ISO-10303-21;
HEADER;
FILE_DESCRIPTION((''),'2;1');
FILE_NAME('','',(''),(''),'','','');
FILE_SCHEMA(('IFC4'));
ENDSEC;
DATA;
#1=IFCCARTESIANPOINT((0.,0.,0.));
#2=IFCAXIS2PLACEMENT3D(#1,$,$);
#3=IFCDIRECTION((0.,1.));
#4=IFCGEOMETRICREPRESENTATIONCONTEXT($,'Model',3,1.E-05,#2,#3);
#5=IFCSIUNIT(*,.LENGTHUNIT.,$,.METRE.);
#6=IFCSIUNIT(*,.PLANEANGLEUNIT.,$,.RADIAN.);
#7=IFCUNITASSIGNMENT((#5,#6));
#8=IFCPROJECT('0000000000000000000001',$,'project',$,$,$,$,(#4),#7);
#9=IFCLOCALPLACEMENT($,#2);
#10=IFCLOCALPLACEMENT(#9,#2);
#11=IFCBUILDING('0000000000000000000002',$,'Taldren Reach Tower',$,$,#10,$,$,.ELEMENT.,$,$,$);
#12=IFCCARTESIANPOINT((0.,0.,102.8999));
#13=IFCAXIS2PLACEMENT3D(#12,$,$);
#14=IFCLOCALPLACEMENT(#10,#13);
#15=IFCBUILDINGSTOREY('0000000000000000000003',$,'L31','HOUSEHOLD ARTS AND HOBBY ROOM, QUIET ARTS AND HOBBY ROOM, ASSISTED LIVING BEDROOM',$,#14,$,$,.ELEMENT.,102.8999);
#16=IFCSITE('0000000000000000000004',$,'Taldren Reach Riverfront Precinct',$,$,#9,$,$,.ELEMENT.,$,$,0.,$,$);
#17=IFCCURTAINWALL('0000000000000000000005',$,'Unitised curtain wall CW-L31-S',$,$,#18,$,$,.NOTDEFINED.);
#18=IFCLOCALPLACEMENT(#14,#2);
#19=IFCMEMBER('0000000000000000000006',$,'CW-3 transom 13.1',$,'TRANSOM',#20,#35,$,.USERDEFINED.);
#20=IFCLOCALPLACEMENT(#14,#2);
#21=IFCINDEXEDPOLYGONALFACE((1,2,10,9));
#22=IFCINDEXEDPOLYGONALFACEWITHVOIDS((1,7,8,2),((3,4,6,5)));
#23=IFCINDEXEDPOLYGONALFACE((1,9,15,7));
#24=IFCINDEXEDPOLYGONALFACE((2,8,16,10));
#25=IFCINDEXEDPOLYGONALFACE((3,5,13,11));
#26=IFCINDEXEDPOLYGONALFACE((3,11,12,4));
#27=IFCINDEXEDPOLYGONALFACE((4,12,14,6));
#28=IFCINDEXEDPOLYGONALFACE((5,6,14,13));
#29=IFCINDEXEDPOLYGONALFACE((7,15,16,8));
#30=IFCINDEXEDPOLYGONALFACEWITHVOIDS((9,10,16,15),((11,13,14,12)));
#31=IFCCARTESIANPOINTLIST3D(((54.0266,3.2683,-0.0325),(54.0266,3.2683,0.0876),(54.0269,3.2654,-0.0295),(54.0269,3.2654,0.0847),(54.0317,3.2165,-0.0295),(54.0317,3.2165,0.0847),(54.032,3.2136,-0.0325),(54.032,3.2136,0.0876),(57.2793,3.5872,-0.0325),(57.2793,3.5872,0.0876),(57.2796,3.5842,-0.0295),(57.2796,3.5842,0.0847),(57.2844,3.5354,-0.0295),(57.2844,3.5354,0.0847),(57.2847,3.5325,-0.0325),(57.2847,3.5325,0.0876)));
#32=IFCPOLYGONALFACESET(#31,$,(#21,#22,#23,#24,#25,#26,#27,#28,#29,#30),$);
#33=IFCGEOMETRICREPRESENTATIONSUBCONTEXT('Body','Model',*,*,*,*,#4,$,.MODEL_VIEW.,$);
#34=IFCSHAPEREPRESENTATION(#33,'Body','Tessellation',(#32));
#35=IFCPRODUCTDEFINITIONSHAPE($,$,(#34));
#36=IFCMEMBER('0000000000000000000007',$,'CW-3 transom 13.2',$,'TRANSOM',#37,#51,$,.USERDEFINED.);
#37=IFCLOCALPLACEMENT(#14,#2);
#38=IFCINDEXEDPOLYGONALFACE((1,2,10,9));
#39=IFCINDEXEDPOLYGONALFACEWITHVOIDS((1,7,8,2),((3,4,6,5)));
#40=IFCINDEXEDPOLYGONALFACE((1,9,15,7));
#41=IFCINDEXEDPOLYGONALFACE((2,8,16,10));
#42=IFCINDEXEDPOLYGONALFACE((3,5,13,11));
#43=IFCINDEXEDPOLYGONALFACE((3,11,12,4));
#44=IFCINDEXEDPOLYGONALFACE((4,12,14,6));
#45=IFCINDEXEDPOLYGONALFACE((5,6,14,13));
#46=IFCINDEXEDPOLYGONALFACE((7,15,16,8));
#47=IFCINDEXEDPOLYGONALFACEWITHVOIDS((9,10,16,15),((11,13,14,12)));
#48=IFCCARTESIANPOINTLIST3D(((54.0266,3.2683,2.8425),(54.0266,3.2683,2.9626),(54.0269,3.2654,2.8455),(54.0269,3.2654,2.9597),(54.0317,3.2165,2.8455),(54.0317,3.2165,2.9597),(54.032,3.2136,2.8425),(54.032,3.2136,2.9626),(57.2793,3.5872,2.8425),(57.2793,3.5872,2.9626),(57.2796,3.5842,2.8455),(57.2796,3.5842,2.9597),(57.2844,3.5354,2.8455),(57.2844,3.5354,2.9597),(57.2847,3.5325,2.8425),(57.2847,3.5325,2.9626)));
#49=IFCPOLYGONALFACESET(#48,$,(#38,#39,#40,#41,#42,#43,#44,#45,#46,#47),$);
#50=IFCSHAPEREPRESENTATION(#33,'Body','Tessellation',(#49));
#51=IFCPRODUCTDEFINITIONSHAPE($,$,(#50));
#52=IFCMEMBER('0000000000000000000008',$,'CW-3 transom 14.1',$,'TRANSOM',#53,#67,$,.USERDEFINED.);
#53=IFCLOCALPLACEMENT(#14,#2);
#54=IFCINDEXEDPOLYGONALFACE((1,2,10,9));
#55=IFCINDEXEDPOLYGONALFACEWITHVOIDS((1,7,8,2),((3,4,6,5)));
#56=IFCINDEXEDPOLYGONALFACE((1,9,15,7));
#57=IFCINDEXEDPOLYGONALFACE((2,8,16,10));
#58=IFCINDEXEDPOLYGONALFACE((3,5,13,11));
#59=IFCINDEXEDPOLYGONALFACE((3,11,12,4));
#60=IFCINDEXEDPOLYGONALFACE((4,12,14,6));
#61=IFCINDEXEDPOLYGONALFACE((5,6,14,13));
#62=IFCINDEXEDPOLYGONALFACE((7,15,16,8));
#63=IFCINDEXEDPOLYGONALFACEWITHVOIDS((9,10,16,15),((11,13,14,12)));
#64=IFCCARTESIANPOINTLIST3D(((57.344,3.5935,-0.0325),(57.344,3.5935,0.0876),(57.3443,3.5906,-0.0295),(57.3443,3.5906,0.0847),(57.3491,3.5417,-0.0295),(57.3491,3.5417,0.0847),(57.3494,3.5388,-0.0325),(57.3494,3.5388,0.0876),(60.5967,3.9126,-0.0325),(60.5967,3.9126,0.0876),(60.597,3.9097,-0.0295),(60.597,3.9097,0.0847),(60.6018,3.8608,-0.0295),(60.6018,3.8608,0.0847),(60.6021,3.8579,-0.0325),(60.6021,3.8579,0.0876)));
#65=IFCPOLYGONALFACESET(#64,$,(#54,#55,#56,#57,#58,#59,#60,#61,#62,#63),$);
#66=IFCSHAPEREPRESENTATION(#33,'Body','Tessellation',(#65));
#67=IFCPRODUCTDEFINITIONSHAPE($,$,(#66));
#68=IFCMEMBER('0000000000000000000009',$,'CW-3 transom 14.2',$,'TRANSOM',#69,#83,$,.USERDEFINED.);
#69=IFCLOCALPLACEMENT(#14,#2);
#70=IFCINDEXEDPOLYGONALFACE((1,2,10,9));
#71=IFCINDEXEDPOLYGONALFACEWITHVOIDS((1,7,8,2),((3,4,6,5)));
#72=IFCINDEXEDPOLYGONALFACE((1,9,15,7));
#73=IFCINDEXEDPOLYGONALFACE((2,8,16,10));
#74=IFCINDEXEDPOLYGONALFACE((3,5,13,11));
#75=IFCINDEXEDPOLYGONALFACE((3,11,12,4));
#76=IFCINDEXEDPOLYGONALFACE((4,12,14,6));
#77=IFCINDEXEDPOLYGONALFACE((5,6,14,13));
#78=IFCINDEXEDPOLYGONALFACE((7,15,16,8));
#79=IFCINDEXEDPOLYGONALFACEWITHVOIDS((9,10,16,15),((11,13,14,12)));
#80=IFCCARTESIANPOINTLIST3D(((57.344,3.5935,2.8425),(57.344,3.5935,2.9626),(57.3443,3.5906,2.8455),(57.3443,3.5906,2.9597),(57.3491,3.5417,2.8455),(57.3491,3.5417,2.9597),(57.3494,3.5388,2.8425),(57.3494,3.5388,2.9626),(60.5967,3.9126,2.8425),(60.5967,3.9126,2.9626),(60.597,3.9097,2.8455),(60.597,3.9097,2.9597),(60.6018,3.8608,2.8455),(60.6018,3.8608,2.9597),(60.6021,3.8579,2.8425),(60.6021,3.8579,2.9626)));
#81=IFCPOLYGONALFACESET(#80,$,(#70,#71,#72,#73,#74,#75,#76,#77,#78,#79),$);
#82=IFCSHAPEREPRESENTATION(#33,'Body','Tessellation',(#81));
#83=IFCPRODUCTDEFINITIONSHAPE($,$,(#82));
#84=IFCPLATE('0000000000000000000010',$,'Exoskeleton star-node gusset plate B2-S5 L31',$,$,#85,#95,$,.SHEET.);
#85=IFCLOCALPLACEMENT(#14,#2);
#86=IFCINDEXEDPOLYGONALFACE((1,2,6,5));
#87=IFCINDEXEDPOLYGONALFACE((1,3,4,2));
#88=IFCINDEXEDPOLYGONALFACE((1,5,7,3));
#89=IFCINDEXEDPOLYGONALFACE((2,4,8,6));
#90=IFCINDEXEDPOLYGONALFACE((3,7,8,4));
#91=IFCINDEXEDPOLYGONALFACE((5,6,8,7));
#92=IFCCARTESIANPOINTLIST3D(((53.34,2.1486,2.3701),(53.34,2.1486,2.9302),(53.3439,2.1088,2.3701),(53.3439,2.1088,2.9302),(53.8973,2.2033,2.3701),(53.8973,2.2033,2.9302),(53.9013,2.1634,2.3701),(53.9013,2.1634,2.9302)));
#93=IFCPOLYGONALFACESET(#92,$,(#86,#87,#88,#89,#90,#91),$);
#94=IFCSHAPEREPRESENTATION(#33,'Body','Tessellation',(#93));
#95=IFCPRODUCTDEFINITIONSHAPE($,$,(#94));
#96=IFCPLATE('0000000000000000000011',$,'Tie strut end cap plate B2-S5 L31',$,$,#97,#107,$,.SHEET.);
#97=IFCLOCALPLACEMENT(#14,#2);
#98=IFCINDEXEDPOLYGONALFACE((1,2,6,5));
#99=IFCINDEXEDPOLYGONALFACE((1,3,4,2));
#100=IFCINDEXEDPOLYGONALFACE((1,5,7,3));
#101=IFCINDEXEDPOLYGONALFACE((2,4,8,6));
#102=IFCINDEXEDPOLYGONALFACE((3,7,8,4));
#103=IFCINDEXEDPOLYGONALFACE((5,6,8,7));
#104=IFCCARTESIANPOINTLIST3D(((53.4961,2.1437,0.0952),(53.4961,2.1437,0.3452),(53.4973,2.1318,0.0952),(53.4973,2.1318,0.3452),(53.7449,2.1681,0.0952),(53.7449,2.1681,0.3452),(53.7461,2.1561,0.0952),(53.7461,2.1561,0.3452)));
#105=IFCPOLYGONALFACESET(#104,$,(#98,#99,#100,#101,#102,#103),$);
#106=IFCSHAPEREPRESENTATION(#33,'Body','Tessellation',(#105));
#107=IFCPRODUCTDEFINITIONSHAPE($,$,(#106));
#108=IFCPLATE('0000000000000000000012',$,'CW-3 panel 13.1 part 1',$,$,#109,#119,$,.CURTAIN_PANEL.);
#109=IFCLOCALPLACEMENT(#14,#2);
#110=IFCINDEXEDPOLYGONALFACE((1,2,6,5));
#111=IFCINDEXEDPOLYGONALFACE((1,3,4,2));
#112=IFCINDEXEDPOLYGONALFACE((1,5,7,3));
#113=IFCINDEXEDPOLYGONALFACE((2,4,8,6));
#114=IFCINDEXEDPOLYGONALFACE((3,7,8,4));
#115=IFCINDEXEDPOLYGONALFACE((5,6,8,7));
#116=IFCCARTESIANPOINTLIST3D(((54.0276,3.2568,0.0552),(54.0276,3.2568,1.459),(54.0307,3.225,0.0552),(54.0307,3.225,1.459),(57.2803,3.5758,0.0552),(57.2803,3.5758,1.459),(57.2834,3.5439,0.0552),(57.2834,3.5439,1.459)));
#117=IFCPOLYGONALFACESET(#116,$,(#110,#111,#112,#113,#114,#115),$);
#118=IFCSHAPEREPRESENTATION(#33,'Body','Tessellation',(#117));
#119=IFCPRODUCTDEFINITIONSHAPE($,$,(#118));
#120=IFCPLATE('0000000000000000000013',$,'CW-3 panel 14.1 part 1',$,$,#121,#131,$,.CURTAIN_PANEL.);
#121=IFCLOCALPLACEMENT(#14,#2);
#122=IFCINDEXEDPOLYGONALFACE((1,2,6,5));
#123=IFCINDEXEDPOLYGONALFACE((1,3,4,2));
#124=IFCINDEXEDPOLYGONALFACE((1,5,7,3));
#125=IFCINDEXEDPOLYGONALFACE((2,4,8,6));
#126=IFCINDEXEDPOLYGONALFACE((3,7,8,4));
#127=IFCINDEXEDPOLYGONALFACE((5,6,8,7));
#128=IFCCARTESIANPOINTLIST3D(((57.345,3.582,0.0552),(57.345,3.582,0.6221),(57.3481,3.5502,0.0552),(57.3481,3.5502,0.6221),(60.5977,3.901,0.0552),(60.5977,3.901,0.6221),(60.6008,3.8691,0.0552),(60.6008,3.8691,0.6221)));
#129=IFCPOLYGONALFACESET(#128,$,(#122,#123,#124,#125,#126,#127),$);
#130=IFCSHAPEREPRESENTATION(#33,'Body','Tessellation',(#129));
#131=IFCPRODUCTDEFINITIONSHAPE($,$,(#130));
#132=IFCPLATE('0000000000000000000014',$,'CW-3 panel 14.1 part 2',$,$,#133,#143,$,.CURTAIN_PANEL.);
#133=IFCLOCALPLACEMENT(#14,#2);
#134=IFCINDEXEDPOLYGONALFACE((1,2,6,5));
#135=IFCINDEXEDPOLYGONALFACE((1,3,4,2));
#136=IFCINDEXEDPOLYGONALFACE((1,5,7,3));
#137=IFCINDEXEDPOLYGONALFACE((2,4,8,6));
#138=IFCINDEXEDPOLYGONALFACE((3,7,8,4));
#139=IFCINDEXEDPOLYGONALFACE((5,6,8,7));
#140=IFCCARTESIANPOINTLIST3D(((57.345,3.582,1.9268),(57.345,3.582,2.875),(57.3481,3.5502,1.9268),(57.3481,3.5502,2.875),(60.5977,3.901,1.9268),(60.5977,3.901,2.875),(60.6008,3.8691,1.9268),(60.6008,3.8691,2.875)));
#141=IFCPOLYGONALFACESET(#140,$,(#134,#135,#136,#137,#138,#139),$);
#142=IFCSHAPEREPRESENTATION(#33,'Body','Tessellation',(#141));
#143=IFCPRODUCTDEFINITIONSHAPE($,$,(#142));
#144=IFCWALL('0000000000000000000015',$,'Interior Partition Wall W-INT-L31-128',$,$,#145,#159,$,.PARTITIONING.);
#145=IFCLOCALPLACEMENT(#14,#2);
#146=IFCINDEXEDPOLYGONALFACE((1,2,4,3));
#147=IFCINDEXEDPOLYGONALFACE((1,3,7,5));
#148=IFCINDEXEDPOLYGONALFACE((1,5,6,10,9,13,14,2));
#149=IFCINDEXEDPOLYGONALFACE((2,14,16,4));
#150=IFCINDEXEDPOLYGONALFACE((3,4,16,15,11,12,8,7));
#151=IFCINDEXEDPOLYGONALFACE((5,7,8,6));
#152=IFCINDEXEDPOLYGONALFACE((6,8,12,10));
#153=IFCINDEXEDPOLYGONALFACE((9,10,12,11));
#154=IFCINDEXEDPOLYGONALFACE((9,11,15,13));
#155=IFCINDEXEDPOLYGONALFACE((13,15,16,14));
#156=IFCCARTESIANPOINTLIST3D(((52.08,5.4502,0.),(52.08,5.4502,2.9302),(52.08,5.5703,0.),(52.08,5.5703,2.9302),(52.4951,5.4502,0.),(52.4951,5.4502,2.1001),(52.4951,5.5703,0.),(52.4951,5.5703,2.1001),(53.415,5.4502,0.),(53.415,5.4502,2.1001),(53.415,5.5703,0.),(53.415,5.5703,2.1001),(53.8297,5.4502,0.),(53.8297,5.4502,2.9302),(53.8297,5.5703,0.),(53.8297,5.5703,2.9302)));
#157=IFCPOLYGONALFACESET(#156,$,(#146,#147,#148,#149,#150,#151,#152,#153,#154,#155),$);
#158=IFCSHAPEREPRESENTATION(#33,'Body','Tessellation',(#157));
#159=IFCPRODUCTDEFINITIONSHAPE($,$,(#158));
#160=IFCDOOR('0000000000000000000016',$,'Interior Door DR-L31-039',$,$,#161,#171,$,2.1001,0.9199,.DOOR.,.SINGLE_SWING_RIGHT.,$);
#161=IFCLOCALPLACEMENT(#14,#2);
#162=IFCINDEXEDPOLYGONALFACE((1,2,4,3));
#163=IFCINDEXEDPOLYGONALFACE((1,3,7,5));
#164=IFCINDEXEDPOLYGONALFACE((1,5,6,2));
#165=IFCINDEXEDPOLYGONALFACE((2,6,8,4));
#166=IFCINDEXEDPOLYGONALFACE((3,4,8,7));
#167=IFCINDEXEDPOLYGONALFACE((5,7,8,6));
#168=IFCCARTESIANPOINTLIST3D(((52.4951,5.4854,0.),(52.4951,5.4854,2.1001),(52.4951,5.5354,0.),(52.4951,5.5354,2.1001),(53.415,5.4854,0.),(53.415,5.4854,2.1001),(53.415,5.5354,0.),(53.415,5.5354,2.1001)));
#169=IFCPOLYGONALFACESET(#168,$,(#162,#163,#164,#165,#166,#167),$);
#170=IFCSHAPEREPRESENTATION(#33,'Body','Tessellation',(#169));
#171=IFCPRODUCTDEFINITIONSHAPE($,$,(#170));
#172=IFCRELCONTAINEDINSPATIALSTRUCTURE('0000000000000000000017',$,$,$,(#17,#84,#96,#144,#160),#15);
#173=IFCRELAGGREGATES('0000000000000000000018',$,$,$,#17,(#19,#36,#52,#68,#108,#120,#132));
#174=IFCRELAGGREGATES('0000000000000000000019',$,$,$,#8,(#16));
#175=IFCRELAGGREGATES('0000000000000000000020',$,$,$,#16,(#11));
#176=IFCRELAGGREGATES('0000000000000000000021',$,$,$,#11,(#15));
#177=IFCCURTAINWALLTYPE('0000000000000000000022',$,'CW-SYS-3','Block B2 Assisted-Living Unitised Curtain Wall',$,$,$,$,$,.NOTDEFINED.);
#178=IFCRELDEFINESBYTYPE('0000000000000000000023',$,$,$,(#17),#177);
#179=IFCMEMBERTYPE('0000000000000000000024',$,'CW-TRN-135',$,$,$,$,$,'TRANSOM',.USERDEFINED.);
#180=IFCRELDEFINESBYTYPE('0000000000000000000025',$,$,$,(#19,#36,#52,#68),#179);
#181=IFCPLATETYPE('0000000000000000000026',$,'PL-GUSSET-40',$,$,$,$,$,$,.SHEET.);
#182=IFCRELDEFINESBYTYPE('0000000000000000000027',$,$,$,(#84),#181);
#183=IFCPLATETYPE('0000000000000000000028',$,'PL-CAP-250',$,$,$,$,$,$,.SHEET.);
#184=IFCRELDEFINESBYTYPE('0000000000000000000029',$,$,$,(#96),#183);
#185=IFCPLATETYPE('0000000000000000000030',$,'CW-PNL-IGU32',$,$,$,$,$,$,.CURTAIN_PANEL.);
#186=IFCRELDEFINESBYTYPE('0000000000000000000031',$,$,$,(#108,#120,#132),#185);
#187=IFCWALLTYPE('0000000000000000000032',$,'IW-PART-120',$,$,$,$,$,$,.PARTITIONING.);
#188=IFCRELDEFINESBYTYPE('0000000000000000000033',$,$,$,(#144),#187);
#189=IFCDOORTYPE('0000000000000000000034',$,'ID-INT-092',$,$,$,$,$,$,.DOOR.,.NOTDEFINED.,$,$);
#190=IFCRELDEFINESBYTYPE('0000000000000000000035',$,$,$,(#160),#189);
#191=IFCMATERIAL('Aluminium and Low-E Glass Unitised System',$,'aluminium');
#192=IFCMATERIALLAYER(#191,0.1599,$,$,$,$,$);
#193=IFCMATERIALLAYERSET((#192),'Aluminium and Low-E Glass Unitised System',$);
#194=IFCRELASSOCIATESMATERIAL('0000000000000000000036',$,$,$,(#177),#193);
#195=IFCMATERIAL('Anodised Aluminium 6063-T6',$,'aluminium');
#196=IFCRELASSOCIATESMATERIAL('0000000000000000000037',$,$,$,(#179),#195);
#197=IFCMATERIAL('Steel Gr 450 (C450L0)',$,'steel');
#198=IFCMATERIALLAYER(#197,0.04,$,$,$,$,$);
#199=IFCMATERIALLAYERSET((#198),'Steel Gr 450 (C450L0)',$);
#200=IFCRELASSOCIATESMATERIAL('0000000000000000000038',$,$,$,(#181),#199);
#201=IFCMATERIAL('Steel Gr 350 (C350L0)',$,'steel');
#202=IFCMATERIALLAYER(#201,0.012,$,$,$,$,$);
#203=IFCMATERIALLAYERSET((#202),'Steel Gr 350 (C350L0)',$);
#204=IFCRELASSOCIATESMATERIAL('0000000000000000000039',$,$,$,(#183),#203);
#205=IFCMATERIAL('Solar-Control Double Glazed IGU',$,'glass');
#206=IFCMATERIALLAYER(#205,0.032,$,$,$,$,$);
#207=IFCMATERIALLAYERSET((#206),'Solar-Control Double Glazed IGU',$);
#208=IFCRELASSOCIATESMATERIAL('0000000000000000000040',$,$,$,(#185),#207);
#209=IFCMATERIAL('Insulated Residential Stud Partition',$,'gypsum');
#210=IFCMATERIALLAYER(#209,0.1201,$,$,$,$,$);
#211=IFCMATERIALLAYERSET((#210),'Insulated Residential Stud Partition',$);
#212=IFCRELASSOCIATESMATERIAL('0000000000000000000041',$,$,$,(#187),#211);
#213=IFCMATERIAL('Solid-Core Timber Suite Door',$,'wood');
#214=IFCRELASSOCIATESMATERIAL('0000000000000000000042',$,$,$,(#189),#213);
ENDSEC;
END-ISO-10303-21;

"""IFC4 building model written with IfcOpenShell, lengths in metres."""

from ifc_helpers import new_model, si_unit, direction, frame, frame_2d, origin, origin_2d, place, context, subcontext, project, spatial, rectangle, hollow_rectangle, extrude, source, transform, mapped, material, layer, layer_set, material_profile, profile_set, type_object, element, fill, aggregate, save


model = new_model("IFC4")

# Units and contexts
model_context = context("Model", 3, precision=1e-05, world=origin(), true_north=direction((0.0, 1.0)))
body_context = subcontext(model_context, "Body", "Model", "MODEL_VIEW")
ifc_project = project(units=[si_unit("LENGTHUNIT", "METRE"), si_unit("PLANEANGLEUNIT", "RADIAN")], contexts=[model_context])

# Site, building, storey
site_placement = place(None, origin())
site = spatial("IfcSite", under=ifc_project, at=site_placement, Name="Taldren Reach Riverfront Precinct", CompositionType="ELEMENT", RefElevation=0.0)
building_placement = place(site_placement, origin())
building = spatial("IfcBuilding", under=site, at=building_placement, Name="Taldren Reach Tower", CompositionType="ELEMENT")
storey_placement = place(building_placement, frame((0.0, 0.0, 102.8999)))
storey = spatial("IfcBuildingStorey", under=building, at=storey_placement, Name="L31", Description="HOUSEHOLD ARTS AND HOBBY ROOM, QUIET ARTS AND HOBBY ROOM, ASSISTED LIVING BEDROOM", CompositionType="ELEMENT", Elevation=102.8999)

# Shared definitions
ifc_material_1 = material(Name="Steel Gr 450 (C450L0)", Category="steel")
ifc_material_2 = material(Name="Steel Gr 350 (C350L0)", Category="steel")

# Curtain wall, members
ifc_material_3 = material(Name="Aluminium and Low-E Glass Unitised System", Category="aluminium")
ifc_layer_1 = layer(ifc_material_3, 0.1599)
ifc_layer_set_1 = layer_set([ifc_layer_1], Name="Aluminium and Low-E Glass Unitised System")
curtain_wall_type = type_object("IfcCurtainWallType", Name="CW-SYS-3", Description="Block B2 Assisted-Living Unitised Curtain Wall", PredefinedType="NOTDEFINED", material=ifc_layer_set_1)
curtain_wall_placement = place(storey_placement, origin())
curtain_wall = element("IfcCurtainWall", 1, at=curtain_wall_placement, inside=storey, type_object=curtain_wall_type, Name="Unitised curtain wall CW-L31-S", PredefinedType="NOTDEFINED")
ifc_material_4 = material(Name="Anodised Aluminium 6063-T6", Category="aluminium")
ifc_material_profile_1 = material_profile(ifc_material_4, hollow_rectangle(XDim=0.0549, YDim=0.1201, WallThickness=0.0029, at=origin_2d()), Name="ALU-120x55x3RHS")
ifc_profile_set_1 = profile_set([ifc_material_profile_1], Name="Anodised Aluminium 6063-T6")
member_type_1 = type_object("IfcMemberType", Name="CW-TRN-135", ElementType="TRANSOM", PredefinedType="USERDEFINED", material=ifc_profile_set_1)
shared_shape_1 = source(origin(), body_context, "Body", "SweptSolid", [
    extrude(hollow_rectangle(XDim=0.0549, YDim=0.1201, WallThickness=0.0029, at=origin_2d()), origin(), (0.0, 0.0, 1.0), 3.2683),
])
member_1_placement = place(storey_placement, frame((54.0293, 3.241, 0.0276), z_axis=(0.99523, 0.097558, 0.0), x_axis=(-0.097558, 0.99523, 0.0)))
member_1 = element("IfcMember", 2, at=member_1_placement, type_object=member_type_1, Name="CW-3 transom 13.1", ObjectType="TRANSOM", PredefinedType="USERDEFINED", context=body_context, shape_type="MappedRepresentation", body=[
    mapped(shared_shape_1, transform((0.0, 0.0, 0.0), scale=1.0)),
])
member_2_placement = place(storey_placement, frame((54.0293, 3.241, 2.9026), z_axis=(0.99523, 0.097558, 0.0), x_axis=(-0.097558, 0.99523, 0.0)))
member_2 = element("IfcMember", 3, at=member_2_placement, type_object=member_type_1, Name="CW-3 transom 13.2", ObjectType="TRANSOM", PredefinedType="USERDEFINED", context=body_context, shape_type="MappedRepresentation", body=[
    mapped(shared_shape_1, transform((0.0, 0.0, 0.0), scale=1.0)),
])
member_3_placement = place(storey_placement, frame((57.3467, 3.5662, 0.0276), z_axis=(0.995223, 0.097632, 0.0), x_axis=(-0.097632, 0.995223, 0.0)))
member_3 = element("IfcMember", 4, at=member_3_placement, type_object=member_type_1, Name="CW-3 transom 14.1", ObjectType="TRANSOM", PredefinedType="USERDEFINED", context=body_context, shape_type="MappedRepresentation", body=[
    mapped(shared_shape_1, transform((0.0, 0.0, 0.0), scale=1.0)),
])
member_4_placement = place(storey_placement, frame((57.3467, 3.5662, 2.9026), z_axis=(0.995223, 0.097632, 0.0), x_axis=(-0.097632, 0.995223, 0.0)))
member_4 = element("IfcMember", 5, at=member_4_placement, type_object=member_type_1, Name="CW-3 transom 14.2", ObjectType="TRANSOM", PredefinedType="USERDEFINED", context=body_context, shape_type="MappedRepresentation", body=[
    mapped(shared_shape_1, transform((0.0, 0.0, 0.0), scale=1.0)),
])

# Plates
ifc_layer_2 = layer(ifc_material_1, 0.04)
ifc_layer_set_2 = layer_set([ifc_layer_2], Name="Steel Gr 450 (C450L0)")
plate_type_1 = type_object("IfcPlateType", Name="PL-GUSSET-40", PredefinedType="SHEET", material=ifc_layer_set_2)
shared_shape_2 = source(origin(), body_context, "Body", "SweptSolid", [
    extrude(rectangle(XDim=0.5601, YDim=0.04, at=origin_2d()), origin(), (0.0, 0.0, 1.0), 0.5601),
])
plate_1_placement = place(storey_placement, frame((53.6206, 2.156, 2.3701), z_axis=(0.0, 0.0, 1.0), x_axis=(0.995227, 0.097583, 0.0)))
element("IfcPlate", 6, at=plate_1_placement, inside=storey, type_object=plate_type_1, Name="Exoskeleton star-node gusset plate B2-S5 L31", PredefinedType="SHEET", context=body_context, shape_type="MappedRepresentation", body=[
    mapped(shared_shape_2, transform((0.0, 0.0, 0.0), scale=1.0)),
])
ifc_layer_3 = layer(ifc_material_2, 0.012)
ifc_layer_set_3 = layer_set([ifc_layer_3], Name="Steel Gr 350 (C350L0)")
plate_type_2 = type_object("IfcPlateType", Name="PL-CAP-250", PredefinedType="SHEET", material=ifc_layer_set_3)
shared_shape_3 = source(origin(), body_context, "Body", "SweptSolid", [
    extrude(rectangle(XDim=0.25, YDim=0.012, at=origin_2d()), origin(), (0.0, 0.0, 1.0), 0.25),
])
plate_2_placement = place(storey_placement, frame((53.6211, 2.1499, 0.0952), z_axis=(0.0, 0.0, 1.0), x_axis=(0.995227, 0.097583, 0.0)))
element("IfcPlate", 7, at=plate_2_placement, inside=storey, type_object=plate_type_2, Name="Tie strut end cap plate B2-S5 L31", PredefinedType="SHEET", context=body_context, shape_type="MappedRepresentation", body=[
    mapped(shared_shape_3, transform((0.0, 0.0, 0.0), scale=1.0)),
])

# Plates
ifc_material_5 = material(Name="Solar-Control Double Glazed IGU", Category="glass")
ifc_layer_4 = layer(ifc_material_5, 0.032)
ifc_layer_set_4 = layer_set([ifc_layer_4], Name="Solar-Control Double Glazed IGU")
plate_type_3 = type_object("IfcPlateType", Name="CW-PNL-IGU32", PredefinedType="CURTAIN_PANEL", material=ifc_layer_set_4)
shared_shape_4 = source(origin(), body_context, "Body", "SweptSolid", [
    extrude(rectangle(XDim=3.2683, YDim=0.032, at=origin_2d()), origin(), (0.0, 0.0, 1.0), 1.4038),
])
plate_3_placement = place(storey_placement, frame((55.6555, 3.4004, 0.0552), z_axis=(0.0, 0.0, 1.0), x_axis=(0.995227, 0.097583, 0.0)))
plate_3 = element("IfcPlate", 8, at=plate_3_placement, type_object=plate_type_3, Name="CW-3 panel 13.1 part 1", PredefinedType="CURTAIN_PANEL", context=body_context, shape_type="MappedRepresentation", body=[
    mapped(shared_shape_4, transform((0.0, 0.0, 0.0), scale=1.0)),
])
shared_shape_5 = source(origin(), body_context, "Body", "SweptSolid", [
    extrude(rectangle(XDim=3.2683, YDim=0.032, at=origin_2d()), origin(), (0.0, 0.0, 1.0), 0.5669),
])
plate_4_placement = place(storey_placement, frame((58.9729, 3.7256, 0.0552), z_axis=(0.0, 0.0, 1.0), x_axis=(0.995227, 0.097583, 0.0)))
plate_4 = element("IfcPlate", 9, at=plate_4_placement, type_object=plate_type_3, Name="CW-3 panel 14.1 part 1", PredefinedType="CURTAIN_PANEL", context=body_context, shape_type="MappedRepresentation", body=[
    mapped(shared_shape_5, transform((0.0, 0.0, 0.0), scale=1.0)),
])
shared_shape_6 = source(origin(), body_context, "Body", "SweptSolid", [
    extrude(rectangle(XDim=3.2683, YDim=0.032, at=origin_2d()), origin(), (0.0, 0.0, 1.0), 0.9482),
])
plate_5_placement = place(storey_placement, frame((58.9729, 3.7256, 1.9268), z_axis=(0.0, 0.0, 1.0), x_axis=(0.995227, 0.097583, 0.0)))
plate_5 = element("IfcPlate", 10, at=plate_5_placement, type_object=plate_type_3, Name="CW-3 panel 14.1 part 2", PredefinedType="CURTAIN_PANEL", context=body_context, shape_type="MappedRepresentation", body=[
    mapped(shared_shape_6, transform((0.0, 0.0, 0.0), scale=1.0)),
])
aggregate(curtain_wall, [member_1, member_2, member_3, member_4, plate_3, plate_4, plate_5])

# Wall, opening, door
ifc_material_6 = material(Name="Insulated Residential Stud Partition", Category="gypsum")
ifc_layer_5 = layer(ifc_material_6, 0.1201)
ifc_layer_set_5 = layer_set([ifc_layer_5], Name="Insulated Residential Stud Partition")
wall_type = type_object("IfcWallType", Name="IW-PART-120", PredefinedType="PARTITIONING", material=ifc_layer_set_5)
shared_shape_7 = source(origin(), body_context, "Body", "SweptSolid", [
    extrude(rectangle(XDim=1.7498, YDim=0.1201, at=frame_2d((0.875, 0.0))), origin(), (0.0, 0.0, 1.0), 2.9302),
])
wall_1_placement = place(storey_placement, frame((53.8298, 5.5103, 0.0), z_axis=(0.0, 0.0, 1.0), x_axis=(-1.0, 0.0, 0.0)))
wall_1 = element("IfcWall", 11, at=wall_1_placement, inside=storey, type_object=wall_type, Name="Interior Partition Wall W-INT-L31-128", PredefinedType="PARTITIONING", context=body_context, shape_type="MappedRepresentation", body=[
    mapped(shared_shape_7, transform((0.0, 0.0, 0.0), scale=1.0)),
])
shared_shape_8 = source(origin(), body_context, "Body", "SweptSolid", [
    extrude(rectangle(XDim=0.9199, YDim=2.1001, at=frame_2d((0.46, 1.05))), frame((0.0, 0.0701, 0.0), z_axis=(0.0, -1.0, 0.0), x_axis=(1.0, 0.0, 0.0)), (0.0, 0.0, 1.0), 0.1401),
])
opening_placement = place(wall_1_placement, frame((0.4148, 0.0, 0.0)))
opening = element("IfcOpeningElement", 12, at=opening_placement, cuts=wall_1, PredefinedType="OPENING", context=body_context, shape_type="MappedRepresentation", body=[
    mapped(shared_shape_8, transform((0.0, 0.0, 0.0), scale=1.0)),
])
ifc_material_7 = material(Name="Solid-Core Timber Suite Door", Category="wood")
door_type = type_object("IfcDoorType", Name="ID-INT-092", OperationType="NOTDEFINED", PredefinedType="DOOR", material=ifc_material_7)
shared_shape_9 = source(origin(), body_context, "Body", "SweptSolid", [
    extrude(rectangle(XDim=0.9199, YDim=2.1001, at=frame_2d((0.46, 1.05))), frame((0.0, 0.0249, 0.0), z_axis=(0.0, -1.0, 0.0), x_axis=(1.0, 0.0, 0.0)), (0.0, 0.0, 1.0), 0.05),
])
door_placement = place(opening_placement, origin())
door = element("IfcDoor", 13, at=door_placement, inside=storey, type_object=door_type, Name="Interior Door DR-L31-039", OperationType="SINGLE_SWING_RIGHT", OverallHeight=2.1001, OverallWidth=0.9199, PredefinedType="DOOR", context=body_context, shape_type="MappedRepresentation", body=[
    mapped(shared_shape_9, transform((0.0, 0.0, 0.0), scale=1.0)),
])
fill(opening, door)

save(model, "model.ifc")
